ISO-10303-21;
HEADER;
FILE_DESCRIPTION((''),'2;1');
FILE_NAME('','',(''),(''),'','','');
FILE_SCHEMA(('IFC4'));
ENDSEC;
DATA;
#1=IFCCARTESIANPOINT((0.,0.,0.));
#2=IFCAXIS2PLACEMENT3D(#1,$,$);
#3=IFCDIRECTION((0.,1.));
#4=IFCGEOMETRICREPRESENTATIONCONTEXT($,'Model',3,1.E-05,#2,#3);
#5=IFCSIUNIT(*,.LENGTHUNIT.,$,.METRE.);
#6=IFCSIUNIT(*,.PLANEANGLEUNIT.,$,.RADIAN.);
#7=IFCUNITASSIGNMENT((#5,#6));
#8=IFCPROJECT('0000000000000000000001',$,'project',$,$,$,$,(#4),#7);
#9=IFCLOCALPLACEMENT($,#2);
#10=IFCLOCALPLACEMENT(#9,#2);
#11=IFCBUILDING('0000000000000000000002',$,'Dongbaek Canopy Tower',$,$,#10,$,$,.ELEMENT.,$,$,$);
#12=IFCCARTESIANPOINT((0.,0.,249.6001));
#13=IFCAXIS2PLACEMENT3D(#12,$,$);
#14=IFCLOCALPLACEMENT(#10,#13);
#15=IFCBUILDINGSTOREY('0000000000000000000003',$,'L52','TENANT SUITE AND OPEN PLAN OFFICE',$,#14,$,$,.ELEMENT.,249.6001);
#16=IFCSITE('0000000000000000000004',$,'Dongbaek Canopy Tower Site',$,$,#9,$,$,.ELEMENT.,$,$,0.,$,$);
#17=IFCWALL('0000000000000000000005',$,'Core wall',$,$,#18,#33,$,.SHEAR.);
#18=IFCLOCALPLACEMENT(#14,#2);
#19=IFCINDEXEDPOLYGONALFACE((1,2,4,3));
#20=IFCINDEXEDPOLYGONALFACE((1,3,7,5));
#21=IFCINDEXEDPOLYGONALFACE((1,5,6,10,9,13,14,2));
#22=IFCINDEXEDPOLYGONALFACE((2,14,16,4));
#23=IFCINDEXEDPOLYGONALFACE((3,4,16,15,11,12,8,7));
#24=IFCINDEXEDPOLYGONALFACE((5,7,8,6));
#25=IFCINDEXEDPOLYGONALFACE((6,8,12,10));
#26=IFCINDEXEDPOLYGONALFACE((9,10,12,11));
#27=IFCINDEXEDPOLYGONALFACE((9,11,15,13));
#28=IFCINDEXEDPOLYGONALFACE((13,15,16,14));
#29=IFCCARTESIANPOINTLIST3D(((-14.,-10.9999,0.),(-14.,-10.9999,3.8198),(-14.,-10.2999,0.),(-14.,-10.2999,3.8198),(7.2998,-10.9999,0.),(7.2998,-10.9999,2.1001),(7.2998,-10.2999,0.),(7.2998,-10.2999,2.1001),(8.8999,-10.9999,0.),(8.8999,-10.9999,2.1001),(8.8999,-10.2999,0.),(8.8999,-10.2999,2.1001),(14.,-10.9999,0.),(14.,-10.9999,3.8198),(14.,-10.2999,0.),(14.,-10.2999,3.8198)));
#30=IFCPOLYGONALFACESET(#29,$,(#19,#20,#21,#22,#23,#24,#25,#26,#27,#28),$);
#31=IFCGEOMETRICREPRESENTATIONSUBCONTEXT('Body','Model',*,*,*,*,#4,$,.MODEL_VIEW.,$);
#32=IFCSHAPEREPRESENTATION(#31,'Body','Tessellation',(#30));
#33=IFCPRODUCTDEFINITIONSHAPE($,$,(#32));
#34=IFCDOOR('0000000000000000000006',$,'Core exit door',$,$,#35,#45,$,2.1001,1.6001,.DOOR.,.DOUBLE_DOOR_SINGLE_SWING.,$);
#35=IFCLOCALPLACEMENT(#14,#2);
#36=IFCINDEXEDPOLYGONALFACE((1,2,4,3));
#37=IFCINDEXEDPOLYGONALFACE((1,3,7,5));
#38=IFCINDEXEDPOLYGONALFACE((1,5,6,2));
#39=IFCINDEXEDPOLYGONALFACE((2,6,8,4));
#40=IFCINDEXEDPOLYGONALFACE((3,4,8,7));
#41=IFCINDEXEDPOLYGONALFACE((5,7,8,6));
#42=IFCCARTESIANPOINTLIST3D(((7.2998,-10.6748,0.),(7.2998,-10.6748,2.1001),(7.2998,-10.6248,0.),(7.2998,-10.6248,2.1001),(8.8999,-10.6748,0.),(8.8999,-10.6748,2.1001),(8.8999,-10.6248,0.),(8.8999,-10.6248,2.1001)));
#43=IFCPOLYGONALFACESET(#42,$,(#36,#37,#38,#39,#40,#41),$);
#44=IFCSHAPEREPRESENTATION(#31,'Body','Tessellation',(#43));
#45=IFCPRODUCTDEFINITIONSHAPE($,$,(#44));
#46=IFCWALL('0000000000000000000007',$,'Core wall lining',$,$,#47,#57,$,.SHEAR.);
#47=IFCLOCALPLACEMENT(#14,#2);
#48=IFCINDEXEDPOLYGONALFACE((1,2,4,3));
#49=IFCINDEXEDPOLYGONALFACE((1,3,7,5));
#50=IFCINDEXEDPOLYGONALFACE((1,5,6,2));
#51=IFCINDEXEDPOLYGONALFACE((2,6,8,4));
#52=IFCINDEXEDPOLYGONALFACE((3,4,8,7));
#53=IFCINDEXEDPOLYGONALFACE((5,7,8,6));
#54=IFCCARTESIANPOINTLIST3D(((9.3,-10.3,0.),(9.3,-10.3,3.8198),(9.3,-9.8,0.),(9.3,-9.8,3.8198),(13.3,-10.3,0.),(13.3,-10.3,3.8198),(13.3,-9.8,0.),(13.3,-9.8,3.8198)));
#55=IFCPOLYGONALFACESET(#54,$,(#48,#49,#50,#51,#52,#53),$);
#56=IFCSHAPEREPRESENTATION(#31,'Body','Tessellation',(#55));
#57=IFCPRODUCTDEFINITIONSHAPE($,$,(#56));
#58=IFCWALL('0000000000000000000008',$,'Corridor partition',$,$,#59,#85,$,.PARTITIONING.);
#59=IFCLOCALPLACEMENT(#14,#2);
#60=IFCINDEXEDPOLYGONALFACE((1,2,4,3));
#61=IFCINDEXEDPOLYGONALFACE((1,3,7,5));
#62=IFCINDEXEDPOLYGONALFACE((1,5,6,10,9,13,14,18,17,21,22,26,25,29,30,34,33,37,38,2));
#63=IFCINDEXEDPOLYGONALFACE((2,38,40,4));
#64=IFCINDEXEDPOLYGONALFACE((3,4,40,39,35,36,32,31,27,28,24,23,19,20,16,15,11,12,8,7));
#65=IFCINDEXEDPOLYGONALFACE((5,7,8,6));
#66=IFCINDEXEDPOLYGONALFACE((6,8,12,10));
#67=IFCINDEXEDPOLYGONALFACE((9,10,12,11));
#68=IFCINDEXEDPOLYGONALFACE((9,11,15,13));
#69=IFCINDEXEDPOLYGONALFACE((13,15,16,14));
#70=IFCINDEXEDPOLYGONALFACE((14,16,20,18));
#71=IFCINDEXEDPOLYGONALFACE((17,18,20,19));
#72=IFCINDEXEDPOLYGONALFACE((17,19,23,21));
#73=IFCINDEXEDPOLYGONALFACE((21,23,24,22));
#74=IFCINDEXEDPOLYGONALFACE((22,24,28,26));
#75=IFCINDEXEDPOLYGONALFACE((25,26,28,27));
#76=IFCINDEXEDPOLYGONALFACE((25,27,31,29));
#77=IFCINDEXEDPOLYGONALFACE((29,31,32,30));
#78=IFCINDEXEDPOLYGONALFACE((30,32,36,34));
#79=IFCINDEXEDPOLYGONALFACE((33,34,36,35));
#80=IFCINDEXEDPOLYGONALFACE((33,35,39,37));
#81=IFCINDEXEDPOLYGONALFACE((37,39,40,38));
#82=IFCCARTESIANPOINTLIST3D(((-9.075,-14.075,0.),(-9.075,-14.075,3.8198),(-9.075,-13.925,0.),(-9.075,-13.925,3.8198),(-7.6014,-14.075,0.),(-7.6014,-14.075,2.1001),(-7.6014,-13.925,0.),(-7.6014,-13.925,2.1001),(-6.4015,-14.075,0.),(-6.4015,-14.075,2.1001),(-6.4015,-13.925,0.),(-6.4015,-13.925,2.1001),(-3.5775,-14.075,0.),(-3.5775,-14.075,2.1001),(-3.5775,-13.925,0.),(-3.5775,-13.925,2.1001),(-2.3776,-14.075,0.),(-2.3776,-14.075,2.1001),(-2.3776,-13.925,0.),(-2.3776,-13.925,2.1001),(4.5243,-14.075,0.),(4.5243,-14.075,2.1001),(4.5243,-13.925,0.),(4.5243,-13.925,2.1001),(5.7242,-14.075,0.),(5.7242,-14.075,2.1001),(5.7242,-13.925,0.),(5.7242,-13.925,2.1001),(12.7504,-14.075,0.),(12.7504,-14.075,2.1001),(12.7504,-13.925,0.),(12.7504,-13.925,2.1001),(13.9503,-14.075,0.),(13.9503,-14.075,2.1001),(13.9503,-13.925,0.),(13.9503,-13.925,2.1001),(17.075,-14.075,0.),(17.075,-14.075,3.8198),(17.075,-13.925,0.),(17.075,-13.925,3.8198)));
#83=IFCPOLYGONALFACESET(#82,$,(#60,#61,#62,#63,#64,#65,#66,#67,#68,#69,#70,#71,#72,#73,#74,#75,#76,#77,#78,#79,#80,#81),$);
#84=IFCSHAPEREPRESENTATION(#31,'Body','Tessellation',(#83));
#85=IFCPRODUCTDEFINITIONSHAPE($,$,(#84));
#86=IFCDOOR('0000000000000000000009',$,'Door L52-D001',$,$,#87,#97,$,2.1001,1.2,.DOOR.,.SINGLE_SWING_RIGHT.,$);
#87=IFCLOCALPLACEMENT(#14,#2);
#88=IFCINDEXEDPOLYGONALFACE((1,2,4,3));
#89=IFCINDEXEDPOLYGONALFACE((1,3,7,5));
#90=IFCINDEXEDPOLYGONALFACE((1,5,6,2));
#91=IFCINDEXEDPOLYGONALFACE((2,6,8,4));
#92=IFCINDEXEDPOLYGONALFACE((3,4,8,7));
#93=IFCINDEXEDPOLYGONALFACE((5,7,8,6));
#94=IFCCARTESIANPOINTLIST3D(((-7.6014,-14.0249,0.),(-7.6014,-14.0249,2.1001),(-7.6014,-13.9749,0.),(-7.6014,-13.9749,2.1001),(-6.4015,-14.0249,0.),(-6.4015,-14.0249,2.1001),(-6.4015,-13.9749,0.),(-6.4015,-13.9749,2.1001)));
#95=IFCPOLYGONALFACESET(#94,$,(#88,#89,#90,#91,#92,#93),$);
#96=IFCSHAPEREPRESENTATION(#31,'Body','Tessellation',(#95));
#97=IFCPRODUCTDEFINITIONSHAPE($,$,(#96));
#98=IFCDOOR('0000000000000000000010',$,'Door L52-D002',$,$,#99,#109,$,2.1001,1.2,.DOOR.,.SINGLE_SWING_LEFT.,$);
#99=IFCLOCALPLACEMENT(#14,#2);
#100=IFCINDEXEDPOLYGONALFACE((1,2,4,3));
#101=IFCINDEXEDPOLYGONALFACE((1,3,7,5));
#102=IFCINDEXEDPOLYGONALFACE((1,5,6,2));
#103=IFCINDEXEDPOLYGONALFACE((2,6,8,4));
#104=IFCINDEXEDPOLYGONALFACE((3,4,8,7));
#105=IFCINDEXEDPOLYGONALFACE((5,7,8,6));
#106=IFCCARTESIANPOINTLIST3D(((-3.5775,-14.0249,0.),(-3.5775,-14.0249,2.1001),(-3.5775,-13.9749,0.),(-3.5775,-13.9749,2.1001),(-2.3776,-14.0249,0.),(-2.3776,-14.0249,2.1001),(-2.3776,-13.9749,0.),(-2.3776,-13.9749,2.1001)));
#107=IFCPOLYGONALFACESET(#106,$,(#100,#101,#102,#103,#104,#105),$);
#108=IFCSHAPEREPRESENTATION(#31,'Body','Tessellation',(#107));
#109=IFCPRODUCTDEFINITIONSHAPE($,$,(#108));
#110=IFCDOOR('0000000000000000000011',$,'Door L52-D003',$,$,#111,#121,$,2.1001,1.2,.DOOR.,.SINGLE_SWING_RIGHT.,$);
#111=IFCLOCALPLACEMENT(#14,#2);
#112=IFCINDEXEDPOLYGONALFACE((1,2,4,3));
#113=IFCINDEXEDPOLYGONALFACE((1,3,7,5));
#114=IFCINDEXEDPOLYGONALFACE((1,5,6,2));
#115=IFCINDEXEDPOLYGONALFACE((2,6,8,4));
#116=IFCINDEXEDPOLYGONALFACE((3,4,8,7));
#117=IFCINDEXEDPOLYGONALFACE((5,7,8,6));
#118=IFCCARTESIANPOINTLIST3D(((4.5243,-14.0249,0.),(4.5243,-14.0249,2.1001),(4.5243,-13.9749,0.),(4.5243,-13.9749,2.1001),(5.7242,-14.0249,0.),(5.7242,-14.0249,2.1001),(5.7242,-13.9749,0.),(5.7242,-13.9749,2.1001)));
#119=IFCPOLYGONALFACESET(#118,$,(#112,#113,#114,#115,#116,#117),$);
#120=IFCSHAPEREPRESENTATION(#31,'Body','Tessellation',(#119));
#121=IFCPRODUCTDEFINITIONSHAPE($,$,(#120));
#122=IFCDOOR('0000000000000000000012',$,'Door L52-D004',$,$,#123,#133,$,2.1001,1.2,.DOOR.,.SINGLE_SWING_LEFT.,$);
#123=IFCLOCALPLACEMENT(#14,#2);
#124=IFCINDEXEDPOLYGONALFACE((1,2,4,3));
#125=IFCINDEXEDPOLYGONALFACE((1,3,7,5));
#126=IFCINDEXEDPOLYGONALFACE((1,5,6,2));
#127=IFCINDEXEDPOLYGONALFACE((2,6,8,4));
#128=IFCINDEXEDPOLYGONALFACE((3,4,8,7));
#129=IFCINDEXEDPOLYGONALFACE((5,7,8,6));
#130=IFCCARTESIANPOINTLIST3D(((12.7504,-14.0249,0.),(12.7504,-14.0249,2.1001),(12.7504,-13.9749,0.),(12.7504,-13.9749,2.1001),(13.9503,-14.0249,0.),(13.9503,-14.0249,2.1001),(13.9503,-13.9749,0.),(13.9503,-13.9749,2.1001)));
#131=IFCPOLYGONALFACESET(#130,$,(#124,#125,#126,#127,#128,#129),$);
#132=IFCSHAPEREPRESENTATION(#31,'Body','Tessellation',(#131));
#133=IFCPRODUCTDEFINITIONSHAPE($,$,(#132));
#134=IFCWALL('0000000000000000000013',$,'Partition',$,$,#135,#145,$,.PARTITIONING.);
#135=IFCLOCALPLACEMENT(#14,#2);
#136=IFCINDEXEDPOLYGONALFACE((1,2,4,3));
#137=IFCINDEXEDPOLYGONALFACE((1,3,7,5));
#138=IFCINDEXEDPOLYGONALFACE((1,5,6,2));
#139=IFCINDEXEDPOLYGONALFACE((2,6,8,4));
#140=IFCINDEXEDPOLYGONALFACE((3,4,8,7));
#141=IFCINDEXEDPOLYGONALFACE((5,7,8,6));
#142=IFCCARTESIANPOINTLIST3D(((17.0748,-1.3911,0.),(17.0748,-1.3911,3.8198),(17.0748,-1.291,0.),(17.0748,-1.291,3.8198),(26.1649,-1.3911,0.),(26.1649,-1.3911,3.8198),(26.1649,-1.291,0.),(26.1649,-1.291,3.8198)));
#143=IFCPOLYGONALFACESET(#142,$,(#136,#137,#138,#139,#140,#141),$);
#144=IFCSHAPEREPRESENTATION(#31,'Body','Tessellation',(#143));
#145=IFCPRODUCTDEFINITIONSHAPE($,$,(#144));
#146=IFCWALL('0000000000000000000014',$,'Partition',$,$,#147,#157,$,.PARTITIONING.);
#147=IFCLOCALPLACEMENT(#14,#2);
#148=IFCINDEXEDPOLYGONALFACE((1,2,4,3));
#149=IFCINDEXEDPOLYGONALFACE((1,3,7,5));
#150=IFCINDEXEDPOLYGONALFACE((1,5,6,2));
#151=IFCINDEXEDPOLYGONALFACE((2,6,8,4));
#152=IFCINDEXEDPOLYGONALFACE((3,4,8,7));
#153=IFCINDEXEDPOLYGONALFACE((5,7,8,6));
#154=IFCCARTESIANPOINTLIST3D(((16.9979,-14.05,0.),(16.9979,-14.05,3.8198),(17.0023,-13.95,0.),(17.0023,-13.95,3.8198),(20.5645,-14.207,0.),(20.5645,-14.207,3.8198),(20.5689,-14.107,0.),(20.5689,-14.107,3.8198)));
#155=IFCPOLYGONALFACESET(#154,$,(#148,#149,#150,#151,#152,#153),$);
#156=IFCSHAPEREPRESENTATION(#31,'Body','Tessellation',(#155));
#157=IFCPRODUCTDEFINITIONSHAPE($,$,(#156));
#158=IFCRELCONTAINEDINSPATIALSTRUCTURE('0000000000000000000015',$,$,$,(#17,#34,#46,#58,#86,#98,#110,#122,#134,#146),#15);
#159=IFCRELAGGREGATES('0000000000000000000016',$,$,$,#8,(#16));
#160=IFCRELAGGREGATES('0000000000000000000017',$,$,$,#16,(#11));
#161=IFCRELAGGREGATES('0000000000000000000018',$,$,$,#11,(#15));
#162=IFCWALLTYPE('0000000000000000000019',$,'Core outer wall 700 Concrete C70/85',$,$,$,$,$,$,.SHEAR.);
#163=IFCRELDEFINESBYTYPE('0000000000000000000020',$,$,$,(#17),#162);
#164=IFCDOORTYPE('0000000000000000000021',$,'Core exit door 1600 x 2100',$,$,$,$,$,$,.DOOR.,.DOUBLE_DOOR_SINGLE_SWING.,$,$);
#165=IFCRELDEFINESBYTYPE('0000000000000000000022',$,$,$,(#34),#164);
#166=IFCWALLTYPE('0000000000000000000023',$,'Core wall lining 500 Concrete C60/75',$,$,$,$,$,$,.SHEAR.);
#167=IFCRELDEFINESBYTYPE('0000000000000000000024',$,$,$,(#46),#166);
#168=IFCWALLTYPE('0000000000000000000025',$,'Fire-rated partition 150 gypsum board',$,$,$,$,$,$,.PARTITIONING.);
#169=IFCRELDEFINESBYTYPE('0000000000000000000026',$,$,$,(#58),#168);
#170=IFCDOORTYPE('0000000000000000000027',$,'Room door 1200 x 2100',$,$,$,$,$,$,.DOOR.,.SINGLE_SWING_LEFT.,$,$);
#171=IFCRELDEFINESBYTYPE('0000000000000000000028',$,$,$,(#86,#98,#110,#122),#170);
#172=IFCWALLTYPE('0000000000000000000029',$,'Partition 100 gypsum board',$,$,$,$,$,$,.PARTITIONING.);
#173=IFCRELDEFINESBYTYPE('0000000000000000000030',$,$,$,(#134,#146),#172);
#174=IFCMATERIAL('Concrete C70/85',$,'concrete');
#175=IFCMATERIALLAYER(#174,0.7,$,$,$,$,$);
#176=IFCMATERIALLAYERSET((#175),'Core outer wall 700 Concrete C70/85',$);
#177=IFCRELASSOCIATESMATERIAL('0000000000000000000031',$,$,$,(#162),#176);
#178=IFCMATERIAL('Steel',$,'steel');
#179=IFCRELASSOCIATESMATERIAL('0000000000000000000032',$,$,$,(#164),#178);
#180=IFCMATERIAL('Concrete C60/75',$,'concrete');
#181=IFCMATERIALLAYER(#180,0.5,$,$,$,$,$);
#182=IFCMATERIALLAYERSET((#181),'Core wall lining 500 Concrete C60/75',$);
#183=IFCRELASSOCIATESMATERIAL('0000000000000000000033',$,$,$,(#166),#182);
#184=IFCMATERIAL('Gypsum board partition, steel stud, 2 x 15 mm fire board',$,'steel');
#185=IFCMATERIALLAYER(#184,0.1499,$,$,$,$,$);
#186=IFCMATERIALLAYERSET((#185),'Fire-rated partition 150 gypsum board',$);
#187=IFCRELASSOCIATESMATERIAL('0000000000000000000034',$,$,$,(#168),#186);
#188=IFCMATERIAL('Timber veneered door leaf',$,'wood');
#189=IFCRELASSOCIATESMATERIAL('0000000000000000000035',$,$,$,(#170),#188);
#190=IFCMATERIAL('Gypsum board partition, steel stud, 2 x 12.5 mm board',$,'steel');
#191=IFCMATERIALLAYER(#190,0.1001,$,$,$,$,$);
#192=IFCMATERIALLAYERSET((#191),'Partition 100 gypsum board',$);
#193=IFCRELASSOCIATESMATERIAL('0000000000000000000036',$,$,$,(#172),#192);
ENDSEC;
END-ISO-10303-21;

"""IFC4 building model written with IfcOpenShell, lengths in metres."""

from ifc_helpers import new_model, si_unit, direction, frame, frame_2d, origin, place, context, subcontext, project, spatial, rectangle, extrude, material, layer, layer_set, type_object, element, fill, save


model = new_model("IFC4")

# Units and contexts
model_context = context("Model", 3, precision=1e-05, world=origin(), true_north=direction((0.0, 1.0)))
body_context = subcontext(model_context, "Body", "Model", "MODEL_VIEW")
ifc_project = project(units=[si_unit("LENGTHUNIT", "METRE"), si_unit("PLANEANGLEUNIT", "RADIAN")], contexts=[model_context])

# Site, building, storey
site_placement = place(None, origin())
site = spatial("IfcSite", under=ifc_project, at=site_placement, Name="Dongbaek Canopy Tower Site", CompositionType="ELEMENT", RefElevation=0.0)
building_placement = place(site_placement, origin())
building = spatial("IfcBuilding", under=site, at=building_placement, Name="Dongbaek Canopy Tower", CompositionType="ELEMENT")
storey_placement = place(building_placement, frame((0.0, 0.0, 249.6001)))
storey = spatial("IfcBuildingStorey", under=building, at=storey_placement, Name="L52", Description="TENANT SUITE AND OPEN PLAN OFFICE", CompositionType="ELEMENT", Elevation=249.6001)

# Wall, opening, door
ifc_material_1 = material(Name="Concrete C70/85", Category="concrete")
ifc_layer_1 = layer(ifc_material_1, 0.7)
ifc_layer_set_1 = layer_set([ifc_layer_1], Name="Core outer wall 700 Concrete C70/85")
wall_type_1 = type_object("IfcWallType", Name="Core outer wall 700 Concrete C70/85", PredefinedType="SHEAR", material=ifc_layer_set_1)
wall_1_placement = place(storey_placement, frame((14.0, -10.6499, 0.0), z_axis=(0.0, 0.0, 1.0), x_axis=(-1.0, 0.0, 0.0)))
wall_1 = element("IfcWall", 1, at=wall_1_placement, inside=storey, type_object=wall_type_1, Name="Core wall", PredefinedType="SHEAR", context=body_context, shape_type="SweptSolid", body=[
    extrude(rectangle(XDim=28.0, YDim=0.7, at=frame_2d((14.0, 0.0))), origin(), (0.0, 0.0, 1.0), 3.8198),
])
opening_1_placement = place(wall_1_placement, frame((5.1001, 0.0, 0.0)))
opening_1 = element("IfcOpeningElement", 2, at=opening_1_placement, cuts=wall_1, PredefinedType="OPENING", context=body_context, shape_type="SweptSolid", body=[
    extrude(rectangle(XDim=1.6001, YDim=2.1001, at=frame_2d((0.8, 1.05))), frame((0.0, 0.3599, 0.0), z_axis=(0.0, -1.0, 0.0), x_axis=(1.0, 0.0, 0.0)), (0.0, 0.0, 1.0), 0.72),
])
ifc_material_2 = material(Name="Steel", Category="steel")
door_type_1 = type_object("IfcDoorType", Name="Core exit door 1600 x 2100", OperationType="DOUBLE_DOOR_SINGLE_SWING", PredefinedType="DOOR", material=ifc_material_2)
door_1_placement = place(opening_1_placement, origin())
door_1 = element("IfcDoor", 3, at=door_1_placement, inside=storey, type_object=door_type_1, Name="Core exit door", OperationType="DOUBLE_DOOR_SINGLE_SWING", OverallHeight=2.1001, OverallWidth=1.6001, PredefinedType="DOOR", context=body_context, shape_type="SweptSolid", body=[
    extrude(rectangle(XDim=1.6001, YDim=2.1001, at=frame_2d((0.8, 1.05))), frame((0.0, 0.0249, 0.0), z_axis=(0.0, -1.0, 0.0), x_axis=(1.0, 0.0, 0.0)), (0.0, 0.0, 1.0), 0.05),
])
fill(opening_1, door_1)

# Wall
ifc_material_3 = material(Name="Concrete C60/75", Category="concrete")
ifc_layer_2 = layer(ifc_material_3, 0.5)
ifc_layer_set_2 = layer_set([ifc_layer_2], Name="Core wall lining 500 Concrete C60/75")
wall_type_2 = type_object("IfcWallType", Name="Core wall lining 500 Concrete C60/75", PredefinedType="SHEAR", material=ifc_layer_set_2)
wall_2_placement = place(storey_placement, frame((13.3, -10.05, 0.0), z_axis=(0.0, 0.0, 1.0), x_axis=(-1.0, 0.0, 0.0)))
element("IfcWall", 4, at=wall_2_placement, inside=storey, type_object=wall_type_2, Name="Core wall lining", PredefinedType="SHEAR", context=body_context, shape_type="SweptSolid", body=[
    extrude(rectangle(XDim=4.0, YDim=0.5, at=frame_2d((2.0, 0.0))), origin(), (0.0, 0.0, 1.0), 3.8198),
])

# Wall, openings, doors
ifc_material_4 = material(Name="Gypsum board partition, steel stud, 2 x 15 mm fire board", Category="steel")
ifc_layer_3 = layer(ifc_material_4, 0.1499)
ifc_layer_set_3 = layer_set([ifc_layer_3], Name="Fire-rated partition 150 gypsum board")
wall_type_3 = type_object("IfcWallType", Name="Fire-rated partition 150 gypsum board", PredefinedType="PARTITIONING", material=ifc_layer_set_3)
wall_3_placement = place(storey_placement, frame((17.075, -14.0, 0.0), z_axis=(0.0, 0.0, 1.0), x_axis=(-1.0, 0.0, 0.0)))
wall_3 = element("IfcWall", 5, at=wall_3_placement, inside=storey, type_object=wall_type_3, Name="Corridor partition", PredefinedType="PARTITIONING", context=body_context, shape_type="SweptSolid", body=[
    extrude(rectangle(XDim=26.1499, YDim=0.1499, at=frame_2d((13.075, 0.0))), origin(), (0.0, 0.0, 1.0), 3.8198),
])
opening_2_placement = place(wall_3_placement, frame((23.4763, 0.0, 0.0)))
opening_2 = element("IfcOpeningElement", 6, at=opening_2_placement, cuts=wall_3, PredefinedType="OPENING", context=body_context, shape_type="SweptSolid", body=[
    extrude(rectangle(XDim=1.2, YDim=2.1001, at=frame_2d((0.6001, 1.05))), frame((0.0, 0.085, 0.0), z_axis=(0.0, -1.0, 0.0), x_axis=(1.0, 0.0, 0.0)), (0.0, 0.0, 1.0), 0.1699),
])
opening_3_placement = place(wall_3_placement, frame((19.4524, 0.0, 0.0)))
opening_3 = element("IfcOpeningElement", 7, at=opening_3_placement, cuts=wall_3, PredefinedType="OPENING", context=body_context, shape_type="SweptSolid", body=[
    extrude(rectangle(XDim=1.2, YDim=2.1001, at=frame_2d((0.6001, 1.05))), frame((0.0, 0.085, 0.0), z_axis=(0.0, -1.0, 0.0), x_axis=(1.0, 0.0, 0.0)), (0.0, 0.0, 1.0), 0.1699),
])
opening_4_placement = place(wall_3_placement, frame((11.3506, 0.0, 0.0)))
opening_4 = element("IfcOpeningElement", 8, at=opening_4_placement, cuts=wall_3, PredefinedType="OPENING", context=body_context, shape_type="SweptSolid", body=[
    extrude(rectangle(XDim=1.2, YDim=2.1001, at=frame_2d((0.6001, 1.05))), frame((0.0, 0.085, 0.0), z_axis=(0.0, -1.0, 0.0), x_axis=(1.0, 0.0, 0.0)), (0.0, 0.0, 1.0), 0.1699),
])
opening_5_placement = place(wall_3_placement, frame((3.1245, 0.0, 0.0)))
opening_5 = element("IfcOpeningElement", 9, at=opening_5_placement, cuts=wall_3, PredefinedType="OPENING", context=body_context, shape_type="SweptSolid", body=[
    extrude(rectangle(XDim=1.2, YDim=2.1001, at=frame_2d((0.6001, 1.05))), frame((0.0, 0.085, 0.0), z_axis=(0.0, -1.0, 0.0), x_axis=(1.0, 0.0, 0.0)), (0.0, 0.0, 1.0), 0.1699),
])
ifc_material_5 = material(Name="Timber veneered door leaf", Category="wood")
door_type_2 = type_object("IfcDoorType", Name="Room door 1200 x 2100", OperationType="SINGLE_SWING_LEFT", PredefinedType="DOOR", material=ifc_material_5)
door_2_placement = place(opening_2_placement, origin())
door_2 = element("IfcDoor", 10, at=door_2_placement, inside=storey, type_object=door_type_2, Name="Door L52-D001", OperationType="SINGLE_SWING_RIGHT", OverallHeight=2.1001, OverallWidth=1.2, PredefinedType="DOOR", context=body_context, shape_type="SweptSolid", body=[
    extrude(rectangle(XDim=1.2, YDim=2.1001, at=frame_2d((0.6001, 1.05))), frame((0.0, 0.0249, 0.0), z_axis=(0.0, -1.0, 0.0), x_axis=(1.0, 0.0, 0.0)), (0.0, 0.0, 1.0), 0.05),
])
fill(opening_2, door_2)
door_3_placement = place(opening_3_placement, origin())
door_3 = element("IfcDoor", 11, at=door_3_placement, inside=storey, type_object=door_type_2, Name="Door L52-D002", OperationType="SINGLE_SWING_LEFT", OverallHeight=2.1001, OverallWidth=1.2, PredefinedType="DOOR", context=body_context, shape_type="SweptSolid", body=[
    extrude(rectangle(XDim=1.2, YDim=2.1001, at=frame_2d((0.6001, 1.05))), frame((0.0, 0.0249, 0.0), z_axis=(0.0, -1.0, 0.0), x_axis=(1.0, 0.0, 0.0)), (0.0, 0.0, 1.0), 0.05),
])
fill(opening_3, door_3)
door_4_placement = place(opening_4_placement, origin())
door_4 = element("IfcDoor", 12, at=door_4_placement, inside=storey, type_object=door_type_2, Name="Door L52-D003", OperationType="SINGLE_SWING_RIGHT", OverallHeight=2.1001, OverallWidth=1.2, PredefinedType="DOOR", context=body_context, shape_type="SweptSolid", body=[
    extrude(rectangle(XDim=1.2, YDim=2.1001, at=frame_2d((0.6001, 1.05))), frame((0.0, 0.0249, 0.0), z_axis=(0.0, -1.0, 0.0), x_axis=(1.0, 0.0, 0.0)), (0.0, 0.0, 1.0), 0.05),
])
fill(opening_4, door_4)
door_5_placement = place(opening_5_placement, origin())
door_5 = element("IfcDoor", 13, at=door_5_placement, inside=storey, type_object=door_type_2, Name="Door L52-D004", OperationType="SINGLE_SWING_LEFT", OverallHeight=2.1001, OverallWidth=1.2, PredefinedType="DOOR", context=body_context, shape_type="SweptSolid", body=[
    extrude(rectangle(XDim=1.2, YDim=2.1001, at=frame_2d((0.6001, 1.05))), frame((0.0, 0.0249, 0.0), z_axis=(0.0, -1.0, 0.0), x_axis=(1.0, 0.0, 0.0)), (0.0, 0.0, 1.0), 0.05),
])
fill(opening_5, door_5)

# Walls
ifc_material_6 = material(Name="Gypsum board partition, steel stud, 2 x 12.5 mm board", Category="steel")
ifc_layer_4 = layer(ifc_material_6, 0.1001)
ifc_layer_set_4 = layer_set([ifc_layer_4], Name="Partition 100 gypsum board")
wall_type_4 = type_object("IfcWallType", Name="Partition 100 gypsum board", PredefinedType="PARTITIONING", material=ifc_layer_set_4)
wall_4_placement = place(storey_placement, frame((17.075, -1.3411, 0.0), z_axis=(0.0, 0.0, 1.0), x_axis=(1.0, 0.0, 0.0)))
element("IfcWall", 14, at=wall_4_placement, inside=storey, type_object=wall_type_4, Name="Partition", PredefinedType="PARTITIONING", context=body_context, shape_type="SweptSolid", body=[
    extrude(rectangle(XDim=9.0901, YDim=0.1001, at=frame_2d((4.5449, 0.0))), origin(), (0.0, 0.0, 1.0), 3.8198),
])
wall_5_placement = place(storey_placement, frame((17.0, -14.0, 0.0), z_axis=(0.0, 0.0, 1.0), x_axis=(0.999033, -0.043971, 0.0)))
element("IfcWall", 15, at=wall_5_placement, inside=storey, type_object=wall_type_4, Name="Partition", PredefinedType="PARTITIONING", context=body_context, shape_type="SweptSolid", body=[
    extrude(rectangle(XDim=3.5701, YDim=0.1001, at=frame_2d((1.7852, 0.0))), origin(), (0.0, 0.0, 1.0), 3.8198),
])

save(model, "model.ifc")
